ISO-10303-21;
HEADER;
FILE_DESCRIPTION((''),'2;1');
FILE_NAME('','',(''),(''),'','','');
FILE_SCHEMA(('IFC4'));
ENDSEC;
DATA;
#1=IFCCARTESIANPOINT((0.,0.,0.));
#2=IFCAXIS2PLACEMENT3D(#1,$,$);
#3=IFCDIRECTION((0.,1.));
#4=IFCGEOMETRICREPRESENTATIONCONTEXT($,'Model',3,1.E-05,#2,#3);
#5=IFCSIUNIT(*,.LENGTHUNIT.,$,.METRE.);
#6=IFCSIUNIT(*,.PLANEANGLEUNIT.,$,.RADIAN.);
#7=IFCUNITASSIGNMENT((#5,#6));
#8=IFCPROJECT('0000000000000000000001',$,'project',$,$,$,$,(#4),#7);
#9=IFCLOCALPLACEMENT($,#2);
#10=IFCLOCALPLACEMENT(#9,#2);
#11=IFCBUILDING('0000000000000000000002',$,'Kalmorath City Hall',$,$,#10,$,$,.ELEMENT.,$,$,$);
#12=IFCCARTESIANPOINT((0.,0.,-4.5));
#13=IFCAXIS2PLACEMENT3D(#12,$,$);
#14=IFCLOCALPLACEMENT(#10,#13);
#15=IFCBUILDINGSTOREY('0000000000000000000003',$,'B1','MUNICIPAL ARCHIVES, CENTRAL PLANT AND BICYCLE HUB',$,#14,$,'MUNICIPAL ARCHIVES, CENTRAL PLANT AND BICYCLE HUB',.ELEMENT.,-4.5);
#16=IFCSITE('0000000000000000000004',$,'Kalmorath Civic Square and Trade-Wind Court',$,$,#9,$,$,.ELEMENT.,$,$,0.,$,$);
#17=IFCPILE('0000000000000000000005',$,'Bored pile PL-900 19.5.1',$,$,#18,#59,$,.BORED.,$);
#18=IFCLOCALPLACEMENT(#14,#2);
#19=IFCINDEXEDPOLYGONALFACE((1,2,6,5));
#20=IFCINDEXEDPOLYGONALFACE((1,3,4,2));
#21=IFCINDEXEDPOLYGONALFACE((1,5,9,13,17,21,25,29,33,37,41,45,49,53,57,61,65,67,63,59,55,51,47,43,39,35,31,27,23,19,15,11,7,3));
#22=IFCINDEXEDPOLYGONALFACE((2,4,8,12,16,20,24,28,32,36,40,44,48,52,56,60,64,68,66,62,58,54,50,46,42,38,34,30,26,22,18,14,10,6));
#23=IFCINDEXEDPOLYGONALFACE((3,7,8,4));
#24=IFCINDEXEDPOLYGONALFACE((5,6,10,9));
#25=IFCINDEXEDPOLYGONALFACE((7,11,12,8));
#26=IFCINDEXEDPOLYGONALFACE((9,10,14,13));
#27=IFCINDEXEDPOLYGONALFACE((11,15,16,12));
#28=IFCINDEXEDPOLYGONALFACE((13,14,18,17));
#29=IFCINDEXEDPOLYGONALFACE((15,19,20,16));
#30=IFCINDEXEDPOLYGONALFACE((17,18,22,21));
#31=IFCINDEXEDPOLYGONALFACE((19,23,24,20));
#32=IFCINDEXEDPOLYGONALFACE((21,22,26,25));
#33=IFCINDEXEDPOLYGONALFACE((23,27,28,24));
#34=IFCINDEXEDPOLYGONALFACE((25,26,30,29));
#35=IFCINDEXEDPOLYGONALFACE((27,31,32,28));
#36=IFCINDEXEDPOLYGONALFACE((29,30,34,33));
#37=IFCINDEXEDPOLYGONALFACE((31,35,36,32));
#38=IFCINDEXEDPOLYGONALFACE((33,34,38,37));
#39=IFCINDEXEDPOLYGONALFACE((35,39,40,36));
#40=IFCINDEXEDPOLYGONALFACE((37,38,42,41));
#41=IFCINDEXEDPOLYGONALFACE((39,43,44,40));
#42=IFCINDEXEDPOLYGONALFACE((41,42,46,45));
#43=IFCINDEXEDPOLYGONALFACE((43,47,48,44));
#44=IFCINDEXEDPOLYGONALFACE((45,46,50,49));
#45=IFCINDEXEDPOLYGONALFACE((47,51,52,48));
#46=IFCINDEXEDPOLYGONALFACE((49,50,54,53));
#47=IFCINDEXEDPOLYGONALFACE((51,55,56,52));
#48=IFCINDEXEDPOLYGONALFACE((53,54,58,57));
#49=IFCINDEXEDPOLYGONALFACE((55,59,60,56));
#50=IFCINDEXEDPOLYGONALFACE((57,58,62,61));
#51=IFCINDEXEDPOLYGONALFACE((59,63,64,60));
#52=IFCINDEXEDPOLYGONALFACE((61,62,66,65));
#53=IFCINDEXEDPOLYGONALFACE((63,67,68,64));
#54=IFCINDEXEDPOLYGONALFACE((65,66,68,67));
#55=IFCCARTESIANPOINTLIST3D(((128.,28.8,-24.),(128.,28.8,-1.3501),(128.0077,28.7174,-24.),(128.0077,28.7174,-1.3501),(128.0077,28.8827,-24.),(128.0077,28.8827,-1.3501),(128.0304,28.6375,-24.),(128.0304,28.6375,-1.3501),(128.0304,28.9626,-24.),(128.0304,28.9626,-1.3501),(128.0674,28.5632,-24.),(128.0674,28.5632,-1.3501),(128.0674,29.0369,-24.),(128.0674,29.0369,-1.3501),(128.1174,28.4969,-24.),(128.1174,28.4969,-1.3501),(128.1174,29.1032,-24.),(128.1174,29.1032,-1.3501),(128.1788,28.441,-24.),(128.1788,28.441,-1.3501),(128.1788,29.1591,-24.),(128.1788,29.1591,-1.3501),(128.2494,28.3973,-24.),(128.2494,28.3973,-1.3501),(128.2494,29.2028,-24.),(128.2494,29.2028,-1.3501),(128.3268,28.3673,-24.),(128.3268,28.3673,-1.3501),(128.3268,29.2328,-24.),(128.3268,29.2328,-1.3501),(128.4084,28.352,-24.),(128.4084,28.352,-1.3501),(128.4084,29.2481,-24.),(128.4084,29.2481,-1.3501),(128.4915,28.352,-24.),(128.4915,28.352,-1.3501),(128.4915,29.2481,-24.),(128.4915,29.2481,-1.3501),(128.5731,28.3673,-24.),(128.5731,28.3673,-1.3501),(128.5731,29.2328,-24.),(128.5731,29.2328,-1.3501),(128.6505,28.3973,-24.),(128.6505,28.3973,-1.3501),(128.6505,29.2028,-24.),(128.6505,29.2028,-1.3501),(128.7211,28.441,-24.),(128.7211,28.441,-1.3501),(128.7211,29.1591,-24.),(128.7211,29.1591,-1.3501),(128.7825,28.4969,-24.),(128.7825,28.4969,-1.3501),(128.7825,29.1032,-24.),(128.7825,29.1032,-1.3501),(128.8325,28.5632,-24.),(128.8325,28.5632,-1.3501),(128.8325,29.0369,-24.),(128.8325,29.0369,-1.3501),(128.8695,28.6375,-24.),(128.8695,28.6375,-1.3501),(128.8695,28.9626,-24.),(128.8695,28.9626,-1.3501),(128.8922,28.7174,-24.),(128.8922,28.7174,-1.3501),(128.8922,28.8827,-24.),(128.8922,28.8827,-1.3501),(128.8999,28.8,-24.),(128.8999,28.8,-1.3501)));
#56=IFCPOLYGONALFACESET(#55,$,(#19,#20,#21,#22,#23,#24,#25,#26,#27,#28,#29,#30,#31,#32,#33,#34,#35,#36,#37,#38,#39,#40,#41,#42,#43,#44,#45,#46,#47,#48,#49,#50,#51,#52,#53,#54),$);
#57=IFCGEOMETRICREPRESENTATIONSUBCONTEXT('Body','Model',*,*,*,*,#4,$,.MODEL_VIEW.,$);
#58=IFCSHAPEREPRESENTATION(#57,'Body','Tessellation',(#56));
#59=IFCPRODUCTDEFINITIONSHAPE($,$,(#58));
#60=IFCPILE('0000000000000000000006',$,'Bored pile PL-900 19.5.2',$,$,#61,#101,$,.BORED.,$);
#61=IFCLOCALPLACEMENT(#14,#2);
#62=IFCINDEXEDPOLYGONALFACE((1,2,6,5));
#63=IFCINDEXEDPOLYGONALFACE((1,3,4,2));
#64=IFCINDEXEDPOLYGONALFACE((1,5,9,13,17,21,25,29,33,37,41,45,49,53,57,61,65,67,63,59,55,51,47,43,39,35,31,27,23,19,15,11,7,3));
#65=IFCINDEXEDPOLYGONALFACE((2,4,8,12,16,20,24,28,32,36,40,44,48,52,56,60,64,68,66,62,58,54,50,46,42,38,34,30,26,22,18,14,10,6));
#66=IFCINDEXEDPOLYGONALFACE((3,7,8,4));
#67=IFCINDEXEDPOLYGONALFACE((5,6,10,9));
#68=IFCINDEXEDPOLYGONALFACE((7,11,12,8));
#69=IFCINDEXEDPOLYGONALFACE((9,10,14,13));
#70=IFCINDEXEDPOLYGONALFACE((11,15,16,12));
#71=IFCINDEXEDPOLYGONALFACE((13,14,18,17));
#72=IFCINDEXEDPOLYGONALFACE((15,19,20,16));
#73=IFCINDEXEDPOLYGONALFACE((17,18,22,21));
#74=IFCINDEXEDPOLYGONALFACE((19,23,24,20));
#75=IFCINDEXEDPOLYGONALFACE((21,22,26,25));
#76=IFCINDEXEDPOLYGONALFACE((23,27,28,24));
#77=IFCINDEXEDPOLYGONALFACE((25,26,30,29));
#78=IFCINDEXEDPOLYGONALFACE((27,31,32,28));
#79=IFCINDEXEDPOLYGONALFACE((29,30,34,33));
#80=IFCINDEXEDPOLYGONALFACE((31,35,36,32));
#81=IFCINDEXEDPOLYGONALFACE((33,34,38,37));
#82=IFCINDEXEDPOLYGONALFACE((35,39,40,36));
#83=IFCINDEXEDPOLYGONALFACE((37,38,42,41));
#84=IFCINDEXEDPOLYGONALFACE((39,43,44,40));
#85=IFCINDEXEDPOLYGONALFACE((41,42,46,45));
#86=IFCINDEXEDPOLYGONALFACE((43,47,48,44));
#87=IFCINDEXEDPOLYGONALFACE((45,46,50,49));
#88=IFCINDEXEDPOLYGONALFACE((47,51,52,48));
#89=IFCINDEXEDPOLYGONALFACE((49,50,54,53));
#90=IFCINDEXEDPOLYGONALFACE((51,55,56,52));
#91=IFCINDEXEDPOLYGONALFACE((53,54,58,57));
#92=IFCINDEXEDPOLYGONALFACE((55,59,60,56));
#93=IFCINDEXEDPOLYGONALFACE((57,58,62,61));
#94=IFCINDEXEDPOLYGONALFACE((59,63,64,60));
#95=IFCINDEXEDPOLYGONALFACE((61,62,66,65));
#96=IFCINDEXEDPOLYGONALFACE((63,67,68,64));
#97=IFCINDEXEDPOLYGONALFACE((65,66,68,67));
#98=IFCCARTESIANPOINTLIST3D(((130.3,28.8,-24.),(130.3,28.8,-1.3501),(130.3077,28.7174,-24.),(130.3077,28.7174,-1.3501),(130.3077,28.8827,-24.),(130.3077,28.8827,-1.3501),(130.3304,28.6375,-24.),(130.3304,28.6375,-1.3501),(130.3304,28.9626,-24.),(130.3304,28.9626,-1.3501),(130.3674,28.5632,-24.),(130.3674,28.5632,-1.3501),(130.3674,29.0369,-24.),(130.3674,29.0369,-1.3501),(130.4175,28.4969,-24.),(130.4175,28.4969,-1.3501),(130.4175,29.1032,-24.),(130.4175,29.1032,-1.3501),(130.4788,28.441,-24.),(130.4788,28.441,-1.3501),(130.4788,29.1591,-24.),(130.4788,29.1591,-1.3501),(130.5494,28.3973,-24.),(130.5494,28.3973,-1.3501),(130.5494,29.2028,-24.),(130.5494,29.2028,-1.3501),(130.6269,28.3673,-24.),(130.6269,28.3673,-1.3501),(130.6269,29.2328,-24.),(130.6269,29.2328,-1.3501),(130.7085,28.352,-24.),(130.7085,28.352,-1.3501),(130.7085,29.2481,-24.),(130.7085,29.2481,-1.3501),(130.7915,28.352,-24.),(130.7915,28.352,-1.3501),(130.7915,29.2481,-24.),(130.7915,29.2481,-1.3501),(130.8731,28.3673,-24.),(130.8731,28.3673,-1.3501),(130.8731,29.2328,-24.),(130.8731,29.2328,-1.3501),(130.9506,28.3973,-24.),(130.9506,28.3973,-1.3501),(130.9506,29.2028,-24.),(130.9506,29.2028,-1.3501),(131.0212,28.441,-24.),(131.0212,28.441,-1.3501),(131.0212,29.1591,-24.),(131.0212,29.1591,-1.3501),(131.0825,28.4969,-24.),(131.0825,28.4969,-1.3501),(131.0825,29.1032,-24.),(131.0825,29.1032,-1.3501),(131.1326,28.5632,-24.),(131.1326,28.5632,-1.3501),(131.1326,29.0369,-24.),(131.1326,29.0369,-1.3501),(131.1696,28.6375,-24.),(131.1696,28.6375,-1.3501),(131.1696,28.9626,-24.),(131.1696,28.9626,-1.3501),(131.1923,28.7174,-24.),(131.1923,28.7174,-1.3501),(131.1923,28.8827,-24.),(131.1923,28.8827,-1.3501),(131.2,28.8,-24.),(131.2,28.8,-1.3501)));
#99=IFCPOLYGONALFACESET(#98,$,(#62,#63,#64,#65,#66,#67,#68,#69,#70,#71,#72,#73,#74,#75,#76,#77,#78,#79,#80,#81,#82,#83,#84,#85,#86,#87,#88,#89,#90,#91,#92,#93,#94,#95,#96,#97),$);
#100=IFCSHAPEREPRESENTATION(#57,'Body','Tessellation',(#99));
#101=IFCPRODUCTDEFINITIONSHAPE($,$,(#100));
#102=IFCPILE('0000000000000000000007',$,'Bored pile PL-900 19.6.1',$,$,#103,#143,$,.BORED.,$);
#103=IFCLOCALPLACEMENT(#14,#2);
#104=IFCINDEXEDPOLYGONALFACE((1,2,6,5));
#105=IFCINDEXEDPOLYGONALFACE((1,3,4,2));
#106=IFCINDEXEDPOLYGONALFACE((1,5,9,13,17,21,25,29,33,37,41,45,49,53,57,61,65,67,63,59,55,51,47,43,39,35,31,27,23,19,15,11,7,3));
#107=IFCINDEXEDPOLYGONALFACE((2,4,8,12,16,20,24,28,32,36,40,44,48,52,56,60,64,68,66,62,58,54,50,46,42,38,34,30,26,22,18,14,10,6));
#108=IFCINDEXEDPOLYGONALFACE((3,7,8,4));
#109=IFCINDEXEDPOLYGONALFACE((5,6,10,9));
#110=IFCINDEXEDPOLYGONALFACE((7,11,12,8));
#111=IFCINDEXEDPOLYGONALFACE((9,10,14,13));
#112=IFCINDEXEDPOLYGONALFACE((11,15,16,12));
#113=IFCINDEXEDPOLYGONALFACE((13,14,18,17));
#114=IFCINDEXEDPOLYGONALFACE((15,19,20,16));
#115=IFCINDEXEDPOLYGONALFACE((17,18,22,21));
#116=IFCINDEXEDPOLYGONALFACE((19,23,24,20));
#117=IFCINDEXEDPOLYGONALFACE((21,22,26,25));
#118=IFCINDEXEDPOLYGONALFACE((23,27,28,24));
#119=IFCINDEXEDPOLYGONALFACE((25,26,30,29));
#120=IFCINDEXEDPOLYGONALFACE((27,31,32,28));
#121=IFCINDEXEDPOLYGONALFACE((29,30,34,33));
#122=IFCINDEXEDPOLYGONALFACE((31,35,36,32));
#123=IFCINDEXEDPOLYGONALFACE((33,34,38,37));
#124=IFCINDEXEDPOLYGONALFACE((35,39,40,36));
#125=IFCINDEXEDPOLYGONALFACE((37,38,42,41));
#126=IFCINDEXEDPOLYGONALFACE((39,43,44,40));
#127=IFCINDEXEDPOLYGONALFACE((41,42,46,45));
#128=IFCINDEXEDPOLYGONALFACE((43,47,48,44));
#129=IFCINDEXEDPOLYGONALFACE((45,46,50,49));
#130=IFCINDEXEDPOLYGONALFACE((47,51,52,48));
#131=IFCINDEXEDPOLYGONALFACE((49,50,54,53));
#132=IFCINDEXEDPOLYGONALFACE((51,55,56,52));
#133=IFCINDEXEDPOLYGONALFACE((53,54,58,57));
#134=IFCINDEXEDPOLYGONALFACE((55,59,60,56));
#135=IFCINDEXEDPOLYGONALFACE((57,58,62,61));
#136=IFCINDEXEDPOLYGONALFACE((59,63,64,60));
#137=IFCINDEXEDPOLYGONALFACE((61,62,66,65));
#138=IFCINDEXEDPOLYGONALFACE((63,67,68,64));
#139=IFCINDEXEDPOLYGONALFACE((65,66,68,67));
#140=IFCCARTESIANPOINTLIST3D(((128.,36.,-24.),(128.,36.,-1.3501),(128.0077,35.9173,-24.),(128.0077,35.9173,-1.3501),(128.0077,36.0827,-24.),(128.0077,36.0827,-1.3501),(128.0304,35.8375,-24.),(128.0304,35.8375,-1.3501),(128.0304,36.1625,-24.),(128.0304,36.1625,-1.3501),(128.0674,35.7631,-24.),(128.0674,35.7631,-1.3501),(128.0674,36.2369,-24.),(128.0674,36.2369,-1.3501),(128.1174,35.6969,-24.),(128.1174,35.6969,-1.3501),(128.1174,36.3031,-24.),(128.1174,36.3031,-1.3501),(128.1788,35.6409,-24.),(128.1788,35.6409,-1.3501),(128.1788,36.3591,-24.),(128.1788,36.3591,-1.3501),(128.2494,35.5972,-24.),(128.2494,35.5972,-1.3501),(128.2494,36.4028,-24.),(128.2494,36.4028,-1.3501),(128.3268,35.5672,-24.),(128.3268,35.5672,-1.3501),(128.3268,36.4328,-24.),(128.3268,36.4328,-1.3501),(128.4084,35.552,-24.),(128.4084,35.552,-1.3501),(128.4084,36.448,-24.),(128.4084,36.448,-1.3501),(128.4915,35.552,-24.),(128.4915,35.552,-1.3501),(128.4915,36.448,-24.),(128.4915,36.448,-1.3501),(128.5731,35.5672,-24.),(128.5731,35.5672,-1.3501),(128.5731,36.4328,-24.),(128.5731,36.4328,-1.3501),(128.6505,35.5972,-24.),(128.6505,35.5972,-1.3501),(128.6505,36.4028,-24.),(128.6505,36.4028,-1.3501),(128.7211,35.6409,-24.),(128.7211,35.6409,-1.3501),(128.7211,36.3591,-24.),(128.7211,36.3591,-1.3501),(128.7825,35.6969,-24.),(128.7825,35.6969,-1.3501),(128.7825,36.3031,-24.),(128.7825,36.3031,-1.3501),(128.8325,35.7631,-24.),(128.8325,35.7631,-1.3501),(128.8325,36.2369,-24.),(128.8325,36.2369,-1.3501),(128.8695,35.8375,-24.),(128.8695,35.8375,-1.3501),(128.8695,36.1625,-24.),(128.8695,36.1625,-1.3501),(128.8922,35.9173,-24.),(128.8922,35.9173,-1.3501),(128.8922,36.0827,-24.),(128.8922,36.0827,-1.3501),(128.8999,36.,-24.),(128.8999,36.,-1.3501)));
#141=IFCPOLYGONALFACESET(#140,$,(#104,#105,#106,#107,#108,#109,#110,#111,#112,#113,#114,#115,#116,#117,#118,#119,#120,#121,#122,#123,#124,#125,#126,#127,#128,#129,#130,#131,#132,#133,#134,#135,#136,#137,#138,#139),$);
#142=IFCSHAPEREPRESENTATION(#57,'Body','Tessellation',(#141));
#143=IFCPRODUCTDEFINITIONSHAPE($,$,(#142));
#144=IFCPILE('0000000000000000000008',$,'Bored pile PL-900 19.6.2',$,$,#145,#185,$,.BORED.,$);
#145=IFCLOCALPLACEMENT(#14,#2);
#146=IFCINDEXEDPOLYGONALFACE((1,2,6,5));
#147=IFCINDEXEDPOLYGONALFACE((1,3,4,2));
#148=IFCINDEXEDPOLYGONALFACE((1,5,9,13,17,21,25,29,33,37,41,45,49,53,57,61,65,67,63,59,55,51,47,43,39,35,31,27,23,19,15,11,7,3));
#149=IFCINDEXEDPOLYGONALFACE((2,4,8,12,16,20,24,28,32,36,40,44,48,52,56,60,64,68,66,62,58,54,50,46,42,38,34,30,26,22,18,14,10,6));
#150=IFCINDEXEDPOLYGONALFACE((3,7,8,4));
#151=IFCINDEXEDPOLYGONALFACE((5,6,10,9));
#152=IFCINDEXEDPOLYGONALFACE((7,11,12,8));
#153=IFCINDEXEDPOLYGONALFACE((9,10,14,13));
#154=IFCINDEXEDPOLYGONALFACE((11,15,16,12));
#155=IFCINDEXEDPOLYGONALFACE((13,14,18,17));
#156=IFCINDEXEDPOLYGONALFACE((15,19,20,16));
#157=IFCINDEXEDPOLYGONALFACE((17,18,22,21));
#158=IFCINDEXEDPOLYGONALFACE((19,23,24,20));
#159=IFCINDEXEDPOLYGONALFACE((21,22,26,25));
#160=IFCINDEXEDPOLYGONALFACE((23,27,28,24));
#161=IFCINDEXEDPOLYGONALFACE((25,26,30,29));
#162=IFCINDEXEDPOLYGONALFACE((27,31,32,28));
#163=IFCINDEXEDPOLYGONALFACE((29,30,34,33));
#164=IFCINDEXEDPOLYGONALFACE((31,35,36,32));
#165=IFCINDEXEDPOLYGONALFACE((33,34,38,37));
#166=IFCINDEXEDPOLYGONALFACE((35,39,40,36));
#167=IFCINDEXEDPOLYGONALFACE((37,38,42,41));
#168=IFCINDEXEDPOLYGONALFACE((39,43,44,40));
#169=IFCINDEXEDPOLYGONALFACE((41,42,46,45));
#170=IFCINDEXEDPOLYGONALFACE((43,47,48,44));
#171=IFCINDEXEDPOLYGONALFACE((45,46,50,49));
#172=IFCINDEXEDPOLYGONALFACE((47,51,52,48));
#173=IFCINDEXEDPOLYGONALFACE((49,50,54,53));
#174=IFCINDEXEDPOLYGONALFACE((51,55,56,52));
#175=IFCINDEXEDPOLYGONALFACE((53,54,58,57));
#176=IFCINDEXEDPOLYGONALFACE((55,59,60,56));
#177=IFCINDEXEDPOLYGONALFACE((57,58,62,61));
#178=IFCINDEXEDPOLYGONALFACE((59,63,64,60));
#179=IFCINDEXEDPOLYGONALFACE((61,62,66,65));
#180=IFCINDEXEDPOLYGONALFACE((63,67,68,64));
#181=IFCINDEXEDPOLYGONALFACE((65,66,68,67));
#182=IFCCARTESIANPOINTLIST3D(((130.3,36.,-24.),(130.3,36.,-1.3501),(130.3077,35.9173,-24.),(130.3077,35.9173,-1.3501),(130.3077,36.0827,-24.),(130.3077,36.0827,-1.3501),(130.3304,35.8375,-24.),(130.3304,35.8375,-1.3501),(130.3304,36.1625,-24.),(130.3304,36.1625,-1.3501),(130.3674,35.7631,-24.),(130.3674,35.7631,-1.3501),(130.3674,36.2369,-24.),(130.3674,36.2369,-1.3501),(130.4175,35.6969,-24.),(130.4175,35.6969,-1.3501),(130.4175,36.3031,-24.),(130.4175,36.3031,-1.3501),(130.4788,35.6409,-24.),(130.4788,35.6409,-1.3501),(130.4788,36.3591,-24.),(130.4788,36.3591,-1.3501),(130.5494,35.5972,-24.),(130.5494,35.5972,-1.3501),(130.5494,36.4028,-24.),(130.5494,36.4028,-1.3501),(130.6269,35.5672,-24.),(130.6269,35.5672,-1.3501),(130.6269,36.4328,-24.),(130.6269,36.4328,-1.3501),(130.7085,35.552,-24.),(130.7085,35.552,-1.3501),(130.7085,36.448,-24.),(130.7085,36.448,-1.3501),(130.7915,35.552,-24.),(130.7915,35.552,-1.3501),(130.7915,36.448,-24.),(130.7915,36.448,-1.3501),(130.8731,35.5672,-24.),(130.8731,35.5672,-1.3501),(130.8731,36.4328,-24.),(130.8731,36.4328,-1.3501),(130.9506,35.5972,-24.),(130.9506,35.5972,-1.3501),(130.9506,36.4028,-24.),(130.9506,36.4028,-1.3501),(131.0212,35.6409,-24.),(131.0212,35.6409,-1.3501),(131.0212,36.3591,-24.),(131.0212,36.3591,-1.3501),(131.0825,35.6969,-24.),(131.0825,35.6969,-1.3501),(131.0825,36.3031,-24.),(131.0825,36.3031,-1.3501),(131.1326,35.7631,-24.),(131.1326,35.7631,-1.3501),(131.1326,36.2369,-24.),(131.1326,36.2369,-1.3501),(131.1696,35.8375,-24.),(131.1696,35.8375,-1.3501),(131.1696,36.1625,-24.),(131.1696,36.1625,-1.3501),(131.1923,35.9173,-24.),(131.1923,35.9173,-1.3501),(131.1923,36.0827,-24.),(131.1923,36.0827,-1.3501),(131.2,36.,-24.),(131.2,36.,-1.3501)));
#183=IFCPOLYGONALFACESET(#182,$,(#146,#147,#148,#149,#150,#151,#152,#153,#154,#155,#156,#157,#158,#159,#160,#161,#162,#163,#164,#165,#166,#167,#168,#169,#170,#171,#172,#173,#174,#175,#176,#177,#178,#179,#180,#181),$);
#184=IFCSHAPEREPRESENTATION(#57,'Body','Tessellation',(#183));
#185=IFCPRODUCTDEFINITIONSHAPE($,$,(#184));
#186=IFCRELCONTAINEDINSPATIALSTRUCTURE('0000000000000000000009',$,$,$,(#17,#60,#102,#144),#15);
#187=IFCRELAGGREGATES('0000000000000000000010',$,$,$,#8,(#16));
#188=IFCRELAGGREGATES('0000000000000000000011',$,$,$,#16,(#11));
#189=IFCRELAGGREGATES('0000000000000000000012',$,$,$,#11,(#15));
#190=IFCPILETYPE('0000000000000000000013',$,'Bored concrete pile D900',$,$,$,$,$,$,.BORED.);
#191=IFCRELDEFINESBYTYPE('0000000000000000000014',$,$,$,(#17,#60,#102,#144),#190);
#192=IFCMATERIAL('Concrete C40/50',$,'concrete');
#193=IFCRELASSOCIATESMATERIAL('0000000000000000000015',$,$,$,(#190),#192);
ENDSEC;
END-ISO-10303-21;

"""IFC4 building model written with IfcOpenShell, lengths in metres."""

from ifc_helpers import new_model, si_unit, direction, frame, origin, origin_2d, place, context, subcontext, project, spatial, circle, extrude, material, material_profile, profile_set, type_object, element, save


model = new_model("IFC4")

# Units and contexts
model_context = context("Model", 3, precision=1e-05, world=origin(), true_north=direction((0.0, 1.0)))
body_context = subcontext(model_context, "Body", "Model", "MODEL_VIEW")
ifc_project = project(units=[si_unit("LENGTHUNIT", "METRE"), si_unit("PLANEANGLEUNIT", "RADIAN")], contexts=[model_context])

# Site, building, storey
site_placement = place(None, origin())
site = spatial("IfcSite", under=ifc_project, at=site_placement, Name="Kalmorath Civic Square and Trade-Wind Court", CompositionType="ELEMENT", RefElevation=0.0)
building_placement = place(site_placement, origin())
building = spatial("IfcBuilding", under=site, at=building_placement, Name="Kalmorath City Hall", CompositionType="ELEMENT")
storey_placement = place(building_placement, frame((0.0, 0.0, -4.5)))
storey = spatial("IfcBuildingStorey", under=building, at=storey_placement, Name="B1", Description="MUNICIPAL ARCHIVES, CENTRAL PLANT AND BICYCLE HUB", LongName="MUNICIPAL ARCHIVES, CENTRAL PLANT AND BICYCLE HUB", CompositionType="ELEMENT", Elevation=-4.5)

# Piles
ifc_material_1 = material(Name="Concrete C40/50", Category="concrete")
ifc_material_profile_1 = material_profile(ifc_material_1, circle(Radius=0.45, at=origin_2d()), Name="PILE-D900")
ifc_profile_set_1 = profile_set([ifc_material_profile_1], Name="Concrete C40/50")
pile_type = type_object("IfcPileType", Name="Bored concrete pile D900", PredefinedType="BORED", material=ifc_profile_set_1)
for number, where, z_axis, x_axis, name in (
    (1, (128.45, 28.8, -1.3501), (0.0, 0.0, -1.0), (1.0, 0.0, 0.0), "Bored pile PL-900 19.5.1"),
    (2, (130.75, 28.8, -1.3501), (0.0, 0.0, -1.0), (1.0, 0.0, 0.0), "Bored pile PL-900 19.5.2"),
    (3, (128.45, 36.0, -1.3501), (0.0, 0.0, -1.0), (1.0, 0.0, 0.0), "Bored pile PL-900 19.6.1"),
    (4, (130.75, 36.0, -1.3501), (0.0, 0.0, -1.0), (1.0, 0.0, 0.0), "Bored pile PL-900 19.6.2"),
):
    element("IfcPile", number, at=place(storey_placement, frame(where, z_axis=z_axis, x_axis=x_axis)), inside=storey, type_object=pile_type, Name=name, PredefinedType="BORED", context=body_context, shape_type="SweptSolid", body=[
        extrude(circle(Radius=0.45, at=origin_2d()), origin(), (0.0, 0.0, 1.0), 22.6499),
    ])

save(model, "model.ifc")
